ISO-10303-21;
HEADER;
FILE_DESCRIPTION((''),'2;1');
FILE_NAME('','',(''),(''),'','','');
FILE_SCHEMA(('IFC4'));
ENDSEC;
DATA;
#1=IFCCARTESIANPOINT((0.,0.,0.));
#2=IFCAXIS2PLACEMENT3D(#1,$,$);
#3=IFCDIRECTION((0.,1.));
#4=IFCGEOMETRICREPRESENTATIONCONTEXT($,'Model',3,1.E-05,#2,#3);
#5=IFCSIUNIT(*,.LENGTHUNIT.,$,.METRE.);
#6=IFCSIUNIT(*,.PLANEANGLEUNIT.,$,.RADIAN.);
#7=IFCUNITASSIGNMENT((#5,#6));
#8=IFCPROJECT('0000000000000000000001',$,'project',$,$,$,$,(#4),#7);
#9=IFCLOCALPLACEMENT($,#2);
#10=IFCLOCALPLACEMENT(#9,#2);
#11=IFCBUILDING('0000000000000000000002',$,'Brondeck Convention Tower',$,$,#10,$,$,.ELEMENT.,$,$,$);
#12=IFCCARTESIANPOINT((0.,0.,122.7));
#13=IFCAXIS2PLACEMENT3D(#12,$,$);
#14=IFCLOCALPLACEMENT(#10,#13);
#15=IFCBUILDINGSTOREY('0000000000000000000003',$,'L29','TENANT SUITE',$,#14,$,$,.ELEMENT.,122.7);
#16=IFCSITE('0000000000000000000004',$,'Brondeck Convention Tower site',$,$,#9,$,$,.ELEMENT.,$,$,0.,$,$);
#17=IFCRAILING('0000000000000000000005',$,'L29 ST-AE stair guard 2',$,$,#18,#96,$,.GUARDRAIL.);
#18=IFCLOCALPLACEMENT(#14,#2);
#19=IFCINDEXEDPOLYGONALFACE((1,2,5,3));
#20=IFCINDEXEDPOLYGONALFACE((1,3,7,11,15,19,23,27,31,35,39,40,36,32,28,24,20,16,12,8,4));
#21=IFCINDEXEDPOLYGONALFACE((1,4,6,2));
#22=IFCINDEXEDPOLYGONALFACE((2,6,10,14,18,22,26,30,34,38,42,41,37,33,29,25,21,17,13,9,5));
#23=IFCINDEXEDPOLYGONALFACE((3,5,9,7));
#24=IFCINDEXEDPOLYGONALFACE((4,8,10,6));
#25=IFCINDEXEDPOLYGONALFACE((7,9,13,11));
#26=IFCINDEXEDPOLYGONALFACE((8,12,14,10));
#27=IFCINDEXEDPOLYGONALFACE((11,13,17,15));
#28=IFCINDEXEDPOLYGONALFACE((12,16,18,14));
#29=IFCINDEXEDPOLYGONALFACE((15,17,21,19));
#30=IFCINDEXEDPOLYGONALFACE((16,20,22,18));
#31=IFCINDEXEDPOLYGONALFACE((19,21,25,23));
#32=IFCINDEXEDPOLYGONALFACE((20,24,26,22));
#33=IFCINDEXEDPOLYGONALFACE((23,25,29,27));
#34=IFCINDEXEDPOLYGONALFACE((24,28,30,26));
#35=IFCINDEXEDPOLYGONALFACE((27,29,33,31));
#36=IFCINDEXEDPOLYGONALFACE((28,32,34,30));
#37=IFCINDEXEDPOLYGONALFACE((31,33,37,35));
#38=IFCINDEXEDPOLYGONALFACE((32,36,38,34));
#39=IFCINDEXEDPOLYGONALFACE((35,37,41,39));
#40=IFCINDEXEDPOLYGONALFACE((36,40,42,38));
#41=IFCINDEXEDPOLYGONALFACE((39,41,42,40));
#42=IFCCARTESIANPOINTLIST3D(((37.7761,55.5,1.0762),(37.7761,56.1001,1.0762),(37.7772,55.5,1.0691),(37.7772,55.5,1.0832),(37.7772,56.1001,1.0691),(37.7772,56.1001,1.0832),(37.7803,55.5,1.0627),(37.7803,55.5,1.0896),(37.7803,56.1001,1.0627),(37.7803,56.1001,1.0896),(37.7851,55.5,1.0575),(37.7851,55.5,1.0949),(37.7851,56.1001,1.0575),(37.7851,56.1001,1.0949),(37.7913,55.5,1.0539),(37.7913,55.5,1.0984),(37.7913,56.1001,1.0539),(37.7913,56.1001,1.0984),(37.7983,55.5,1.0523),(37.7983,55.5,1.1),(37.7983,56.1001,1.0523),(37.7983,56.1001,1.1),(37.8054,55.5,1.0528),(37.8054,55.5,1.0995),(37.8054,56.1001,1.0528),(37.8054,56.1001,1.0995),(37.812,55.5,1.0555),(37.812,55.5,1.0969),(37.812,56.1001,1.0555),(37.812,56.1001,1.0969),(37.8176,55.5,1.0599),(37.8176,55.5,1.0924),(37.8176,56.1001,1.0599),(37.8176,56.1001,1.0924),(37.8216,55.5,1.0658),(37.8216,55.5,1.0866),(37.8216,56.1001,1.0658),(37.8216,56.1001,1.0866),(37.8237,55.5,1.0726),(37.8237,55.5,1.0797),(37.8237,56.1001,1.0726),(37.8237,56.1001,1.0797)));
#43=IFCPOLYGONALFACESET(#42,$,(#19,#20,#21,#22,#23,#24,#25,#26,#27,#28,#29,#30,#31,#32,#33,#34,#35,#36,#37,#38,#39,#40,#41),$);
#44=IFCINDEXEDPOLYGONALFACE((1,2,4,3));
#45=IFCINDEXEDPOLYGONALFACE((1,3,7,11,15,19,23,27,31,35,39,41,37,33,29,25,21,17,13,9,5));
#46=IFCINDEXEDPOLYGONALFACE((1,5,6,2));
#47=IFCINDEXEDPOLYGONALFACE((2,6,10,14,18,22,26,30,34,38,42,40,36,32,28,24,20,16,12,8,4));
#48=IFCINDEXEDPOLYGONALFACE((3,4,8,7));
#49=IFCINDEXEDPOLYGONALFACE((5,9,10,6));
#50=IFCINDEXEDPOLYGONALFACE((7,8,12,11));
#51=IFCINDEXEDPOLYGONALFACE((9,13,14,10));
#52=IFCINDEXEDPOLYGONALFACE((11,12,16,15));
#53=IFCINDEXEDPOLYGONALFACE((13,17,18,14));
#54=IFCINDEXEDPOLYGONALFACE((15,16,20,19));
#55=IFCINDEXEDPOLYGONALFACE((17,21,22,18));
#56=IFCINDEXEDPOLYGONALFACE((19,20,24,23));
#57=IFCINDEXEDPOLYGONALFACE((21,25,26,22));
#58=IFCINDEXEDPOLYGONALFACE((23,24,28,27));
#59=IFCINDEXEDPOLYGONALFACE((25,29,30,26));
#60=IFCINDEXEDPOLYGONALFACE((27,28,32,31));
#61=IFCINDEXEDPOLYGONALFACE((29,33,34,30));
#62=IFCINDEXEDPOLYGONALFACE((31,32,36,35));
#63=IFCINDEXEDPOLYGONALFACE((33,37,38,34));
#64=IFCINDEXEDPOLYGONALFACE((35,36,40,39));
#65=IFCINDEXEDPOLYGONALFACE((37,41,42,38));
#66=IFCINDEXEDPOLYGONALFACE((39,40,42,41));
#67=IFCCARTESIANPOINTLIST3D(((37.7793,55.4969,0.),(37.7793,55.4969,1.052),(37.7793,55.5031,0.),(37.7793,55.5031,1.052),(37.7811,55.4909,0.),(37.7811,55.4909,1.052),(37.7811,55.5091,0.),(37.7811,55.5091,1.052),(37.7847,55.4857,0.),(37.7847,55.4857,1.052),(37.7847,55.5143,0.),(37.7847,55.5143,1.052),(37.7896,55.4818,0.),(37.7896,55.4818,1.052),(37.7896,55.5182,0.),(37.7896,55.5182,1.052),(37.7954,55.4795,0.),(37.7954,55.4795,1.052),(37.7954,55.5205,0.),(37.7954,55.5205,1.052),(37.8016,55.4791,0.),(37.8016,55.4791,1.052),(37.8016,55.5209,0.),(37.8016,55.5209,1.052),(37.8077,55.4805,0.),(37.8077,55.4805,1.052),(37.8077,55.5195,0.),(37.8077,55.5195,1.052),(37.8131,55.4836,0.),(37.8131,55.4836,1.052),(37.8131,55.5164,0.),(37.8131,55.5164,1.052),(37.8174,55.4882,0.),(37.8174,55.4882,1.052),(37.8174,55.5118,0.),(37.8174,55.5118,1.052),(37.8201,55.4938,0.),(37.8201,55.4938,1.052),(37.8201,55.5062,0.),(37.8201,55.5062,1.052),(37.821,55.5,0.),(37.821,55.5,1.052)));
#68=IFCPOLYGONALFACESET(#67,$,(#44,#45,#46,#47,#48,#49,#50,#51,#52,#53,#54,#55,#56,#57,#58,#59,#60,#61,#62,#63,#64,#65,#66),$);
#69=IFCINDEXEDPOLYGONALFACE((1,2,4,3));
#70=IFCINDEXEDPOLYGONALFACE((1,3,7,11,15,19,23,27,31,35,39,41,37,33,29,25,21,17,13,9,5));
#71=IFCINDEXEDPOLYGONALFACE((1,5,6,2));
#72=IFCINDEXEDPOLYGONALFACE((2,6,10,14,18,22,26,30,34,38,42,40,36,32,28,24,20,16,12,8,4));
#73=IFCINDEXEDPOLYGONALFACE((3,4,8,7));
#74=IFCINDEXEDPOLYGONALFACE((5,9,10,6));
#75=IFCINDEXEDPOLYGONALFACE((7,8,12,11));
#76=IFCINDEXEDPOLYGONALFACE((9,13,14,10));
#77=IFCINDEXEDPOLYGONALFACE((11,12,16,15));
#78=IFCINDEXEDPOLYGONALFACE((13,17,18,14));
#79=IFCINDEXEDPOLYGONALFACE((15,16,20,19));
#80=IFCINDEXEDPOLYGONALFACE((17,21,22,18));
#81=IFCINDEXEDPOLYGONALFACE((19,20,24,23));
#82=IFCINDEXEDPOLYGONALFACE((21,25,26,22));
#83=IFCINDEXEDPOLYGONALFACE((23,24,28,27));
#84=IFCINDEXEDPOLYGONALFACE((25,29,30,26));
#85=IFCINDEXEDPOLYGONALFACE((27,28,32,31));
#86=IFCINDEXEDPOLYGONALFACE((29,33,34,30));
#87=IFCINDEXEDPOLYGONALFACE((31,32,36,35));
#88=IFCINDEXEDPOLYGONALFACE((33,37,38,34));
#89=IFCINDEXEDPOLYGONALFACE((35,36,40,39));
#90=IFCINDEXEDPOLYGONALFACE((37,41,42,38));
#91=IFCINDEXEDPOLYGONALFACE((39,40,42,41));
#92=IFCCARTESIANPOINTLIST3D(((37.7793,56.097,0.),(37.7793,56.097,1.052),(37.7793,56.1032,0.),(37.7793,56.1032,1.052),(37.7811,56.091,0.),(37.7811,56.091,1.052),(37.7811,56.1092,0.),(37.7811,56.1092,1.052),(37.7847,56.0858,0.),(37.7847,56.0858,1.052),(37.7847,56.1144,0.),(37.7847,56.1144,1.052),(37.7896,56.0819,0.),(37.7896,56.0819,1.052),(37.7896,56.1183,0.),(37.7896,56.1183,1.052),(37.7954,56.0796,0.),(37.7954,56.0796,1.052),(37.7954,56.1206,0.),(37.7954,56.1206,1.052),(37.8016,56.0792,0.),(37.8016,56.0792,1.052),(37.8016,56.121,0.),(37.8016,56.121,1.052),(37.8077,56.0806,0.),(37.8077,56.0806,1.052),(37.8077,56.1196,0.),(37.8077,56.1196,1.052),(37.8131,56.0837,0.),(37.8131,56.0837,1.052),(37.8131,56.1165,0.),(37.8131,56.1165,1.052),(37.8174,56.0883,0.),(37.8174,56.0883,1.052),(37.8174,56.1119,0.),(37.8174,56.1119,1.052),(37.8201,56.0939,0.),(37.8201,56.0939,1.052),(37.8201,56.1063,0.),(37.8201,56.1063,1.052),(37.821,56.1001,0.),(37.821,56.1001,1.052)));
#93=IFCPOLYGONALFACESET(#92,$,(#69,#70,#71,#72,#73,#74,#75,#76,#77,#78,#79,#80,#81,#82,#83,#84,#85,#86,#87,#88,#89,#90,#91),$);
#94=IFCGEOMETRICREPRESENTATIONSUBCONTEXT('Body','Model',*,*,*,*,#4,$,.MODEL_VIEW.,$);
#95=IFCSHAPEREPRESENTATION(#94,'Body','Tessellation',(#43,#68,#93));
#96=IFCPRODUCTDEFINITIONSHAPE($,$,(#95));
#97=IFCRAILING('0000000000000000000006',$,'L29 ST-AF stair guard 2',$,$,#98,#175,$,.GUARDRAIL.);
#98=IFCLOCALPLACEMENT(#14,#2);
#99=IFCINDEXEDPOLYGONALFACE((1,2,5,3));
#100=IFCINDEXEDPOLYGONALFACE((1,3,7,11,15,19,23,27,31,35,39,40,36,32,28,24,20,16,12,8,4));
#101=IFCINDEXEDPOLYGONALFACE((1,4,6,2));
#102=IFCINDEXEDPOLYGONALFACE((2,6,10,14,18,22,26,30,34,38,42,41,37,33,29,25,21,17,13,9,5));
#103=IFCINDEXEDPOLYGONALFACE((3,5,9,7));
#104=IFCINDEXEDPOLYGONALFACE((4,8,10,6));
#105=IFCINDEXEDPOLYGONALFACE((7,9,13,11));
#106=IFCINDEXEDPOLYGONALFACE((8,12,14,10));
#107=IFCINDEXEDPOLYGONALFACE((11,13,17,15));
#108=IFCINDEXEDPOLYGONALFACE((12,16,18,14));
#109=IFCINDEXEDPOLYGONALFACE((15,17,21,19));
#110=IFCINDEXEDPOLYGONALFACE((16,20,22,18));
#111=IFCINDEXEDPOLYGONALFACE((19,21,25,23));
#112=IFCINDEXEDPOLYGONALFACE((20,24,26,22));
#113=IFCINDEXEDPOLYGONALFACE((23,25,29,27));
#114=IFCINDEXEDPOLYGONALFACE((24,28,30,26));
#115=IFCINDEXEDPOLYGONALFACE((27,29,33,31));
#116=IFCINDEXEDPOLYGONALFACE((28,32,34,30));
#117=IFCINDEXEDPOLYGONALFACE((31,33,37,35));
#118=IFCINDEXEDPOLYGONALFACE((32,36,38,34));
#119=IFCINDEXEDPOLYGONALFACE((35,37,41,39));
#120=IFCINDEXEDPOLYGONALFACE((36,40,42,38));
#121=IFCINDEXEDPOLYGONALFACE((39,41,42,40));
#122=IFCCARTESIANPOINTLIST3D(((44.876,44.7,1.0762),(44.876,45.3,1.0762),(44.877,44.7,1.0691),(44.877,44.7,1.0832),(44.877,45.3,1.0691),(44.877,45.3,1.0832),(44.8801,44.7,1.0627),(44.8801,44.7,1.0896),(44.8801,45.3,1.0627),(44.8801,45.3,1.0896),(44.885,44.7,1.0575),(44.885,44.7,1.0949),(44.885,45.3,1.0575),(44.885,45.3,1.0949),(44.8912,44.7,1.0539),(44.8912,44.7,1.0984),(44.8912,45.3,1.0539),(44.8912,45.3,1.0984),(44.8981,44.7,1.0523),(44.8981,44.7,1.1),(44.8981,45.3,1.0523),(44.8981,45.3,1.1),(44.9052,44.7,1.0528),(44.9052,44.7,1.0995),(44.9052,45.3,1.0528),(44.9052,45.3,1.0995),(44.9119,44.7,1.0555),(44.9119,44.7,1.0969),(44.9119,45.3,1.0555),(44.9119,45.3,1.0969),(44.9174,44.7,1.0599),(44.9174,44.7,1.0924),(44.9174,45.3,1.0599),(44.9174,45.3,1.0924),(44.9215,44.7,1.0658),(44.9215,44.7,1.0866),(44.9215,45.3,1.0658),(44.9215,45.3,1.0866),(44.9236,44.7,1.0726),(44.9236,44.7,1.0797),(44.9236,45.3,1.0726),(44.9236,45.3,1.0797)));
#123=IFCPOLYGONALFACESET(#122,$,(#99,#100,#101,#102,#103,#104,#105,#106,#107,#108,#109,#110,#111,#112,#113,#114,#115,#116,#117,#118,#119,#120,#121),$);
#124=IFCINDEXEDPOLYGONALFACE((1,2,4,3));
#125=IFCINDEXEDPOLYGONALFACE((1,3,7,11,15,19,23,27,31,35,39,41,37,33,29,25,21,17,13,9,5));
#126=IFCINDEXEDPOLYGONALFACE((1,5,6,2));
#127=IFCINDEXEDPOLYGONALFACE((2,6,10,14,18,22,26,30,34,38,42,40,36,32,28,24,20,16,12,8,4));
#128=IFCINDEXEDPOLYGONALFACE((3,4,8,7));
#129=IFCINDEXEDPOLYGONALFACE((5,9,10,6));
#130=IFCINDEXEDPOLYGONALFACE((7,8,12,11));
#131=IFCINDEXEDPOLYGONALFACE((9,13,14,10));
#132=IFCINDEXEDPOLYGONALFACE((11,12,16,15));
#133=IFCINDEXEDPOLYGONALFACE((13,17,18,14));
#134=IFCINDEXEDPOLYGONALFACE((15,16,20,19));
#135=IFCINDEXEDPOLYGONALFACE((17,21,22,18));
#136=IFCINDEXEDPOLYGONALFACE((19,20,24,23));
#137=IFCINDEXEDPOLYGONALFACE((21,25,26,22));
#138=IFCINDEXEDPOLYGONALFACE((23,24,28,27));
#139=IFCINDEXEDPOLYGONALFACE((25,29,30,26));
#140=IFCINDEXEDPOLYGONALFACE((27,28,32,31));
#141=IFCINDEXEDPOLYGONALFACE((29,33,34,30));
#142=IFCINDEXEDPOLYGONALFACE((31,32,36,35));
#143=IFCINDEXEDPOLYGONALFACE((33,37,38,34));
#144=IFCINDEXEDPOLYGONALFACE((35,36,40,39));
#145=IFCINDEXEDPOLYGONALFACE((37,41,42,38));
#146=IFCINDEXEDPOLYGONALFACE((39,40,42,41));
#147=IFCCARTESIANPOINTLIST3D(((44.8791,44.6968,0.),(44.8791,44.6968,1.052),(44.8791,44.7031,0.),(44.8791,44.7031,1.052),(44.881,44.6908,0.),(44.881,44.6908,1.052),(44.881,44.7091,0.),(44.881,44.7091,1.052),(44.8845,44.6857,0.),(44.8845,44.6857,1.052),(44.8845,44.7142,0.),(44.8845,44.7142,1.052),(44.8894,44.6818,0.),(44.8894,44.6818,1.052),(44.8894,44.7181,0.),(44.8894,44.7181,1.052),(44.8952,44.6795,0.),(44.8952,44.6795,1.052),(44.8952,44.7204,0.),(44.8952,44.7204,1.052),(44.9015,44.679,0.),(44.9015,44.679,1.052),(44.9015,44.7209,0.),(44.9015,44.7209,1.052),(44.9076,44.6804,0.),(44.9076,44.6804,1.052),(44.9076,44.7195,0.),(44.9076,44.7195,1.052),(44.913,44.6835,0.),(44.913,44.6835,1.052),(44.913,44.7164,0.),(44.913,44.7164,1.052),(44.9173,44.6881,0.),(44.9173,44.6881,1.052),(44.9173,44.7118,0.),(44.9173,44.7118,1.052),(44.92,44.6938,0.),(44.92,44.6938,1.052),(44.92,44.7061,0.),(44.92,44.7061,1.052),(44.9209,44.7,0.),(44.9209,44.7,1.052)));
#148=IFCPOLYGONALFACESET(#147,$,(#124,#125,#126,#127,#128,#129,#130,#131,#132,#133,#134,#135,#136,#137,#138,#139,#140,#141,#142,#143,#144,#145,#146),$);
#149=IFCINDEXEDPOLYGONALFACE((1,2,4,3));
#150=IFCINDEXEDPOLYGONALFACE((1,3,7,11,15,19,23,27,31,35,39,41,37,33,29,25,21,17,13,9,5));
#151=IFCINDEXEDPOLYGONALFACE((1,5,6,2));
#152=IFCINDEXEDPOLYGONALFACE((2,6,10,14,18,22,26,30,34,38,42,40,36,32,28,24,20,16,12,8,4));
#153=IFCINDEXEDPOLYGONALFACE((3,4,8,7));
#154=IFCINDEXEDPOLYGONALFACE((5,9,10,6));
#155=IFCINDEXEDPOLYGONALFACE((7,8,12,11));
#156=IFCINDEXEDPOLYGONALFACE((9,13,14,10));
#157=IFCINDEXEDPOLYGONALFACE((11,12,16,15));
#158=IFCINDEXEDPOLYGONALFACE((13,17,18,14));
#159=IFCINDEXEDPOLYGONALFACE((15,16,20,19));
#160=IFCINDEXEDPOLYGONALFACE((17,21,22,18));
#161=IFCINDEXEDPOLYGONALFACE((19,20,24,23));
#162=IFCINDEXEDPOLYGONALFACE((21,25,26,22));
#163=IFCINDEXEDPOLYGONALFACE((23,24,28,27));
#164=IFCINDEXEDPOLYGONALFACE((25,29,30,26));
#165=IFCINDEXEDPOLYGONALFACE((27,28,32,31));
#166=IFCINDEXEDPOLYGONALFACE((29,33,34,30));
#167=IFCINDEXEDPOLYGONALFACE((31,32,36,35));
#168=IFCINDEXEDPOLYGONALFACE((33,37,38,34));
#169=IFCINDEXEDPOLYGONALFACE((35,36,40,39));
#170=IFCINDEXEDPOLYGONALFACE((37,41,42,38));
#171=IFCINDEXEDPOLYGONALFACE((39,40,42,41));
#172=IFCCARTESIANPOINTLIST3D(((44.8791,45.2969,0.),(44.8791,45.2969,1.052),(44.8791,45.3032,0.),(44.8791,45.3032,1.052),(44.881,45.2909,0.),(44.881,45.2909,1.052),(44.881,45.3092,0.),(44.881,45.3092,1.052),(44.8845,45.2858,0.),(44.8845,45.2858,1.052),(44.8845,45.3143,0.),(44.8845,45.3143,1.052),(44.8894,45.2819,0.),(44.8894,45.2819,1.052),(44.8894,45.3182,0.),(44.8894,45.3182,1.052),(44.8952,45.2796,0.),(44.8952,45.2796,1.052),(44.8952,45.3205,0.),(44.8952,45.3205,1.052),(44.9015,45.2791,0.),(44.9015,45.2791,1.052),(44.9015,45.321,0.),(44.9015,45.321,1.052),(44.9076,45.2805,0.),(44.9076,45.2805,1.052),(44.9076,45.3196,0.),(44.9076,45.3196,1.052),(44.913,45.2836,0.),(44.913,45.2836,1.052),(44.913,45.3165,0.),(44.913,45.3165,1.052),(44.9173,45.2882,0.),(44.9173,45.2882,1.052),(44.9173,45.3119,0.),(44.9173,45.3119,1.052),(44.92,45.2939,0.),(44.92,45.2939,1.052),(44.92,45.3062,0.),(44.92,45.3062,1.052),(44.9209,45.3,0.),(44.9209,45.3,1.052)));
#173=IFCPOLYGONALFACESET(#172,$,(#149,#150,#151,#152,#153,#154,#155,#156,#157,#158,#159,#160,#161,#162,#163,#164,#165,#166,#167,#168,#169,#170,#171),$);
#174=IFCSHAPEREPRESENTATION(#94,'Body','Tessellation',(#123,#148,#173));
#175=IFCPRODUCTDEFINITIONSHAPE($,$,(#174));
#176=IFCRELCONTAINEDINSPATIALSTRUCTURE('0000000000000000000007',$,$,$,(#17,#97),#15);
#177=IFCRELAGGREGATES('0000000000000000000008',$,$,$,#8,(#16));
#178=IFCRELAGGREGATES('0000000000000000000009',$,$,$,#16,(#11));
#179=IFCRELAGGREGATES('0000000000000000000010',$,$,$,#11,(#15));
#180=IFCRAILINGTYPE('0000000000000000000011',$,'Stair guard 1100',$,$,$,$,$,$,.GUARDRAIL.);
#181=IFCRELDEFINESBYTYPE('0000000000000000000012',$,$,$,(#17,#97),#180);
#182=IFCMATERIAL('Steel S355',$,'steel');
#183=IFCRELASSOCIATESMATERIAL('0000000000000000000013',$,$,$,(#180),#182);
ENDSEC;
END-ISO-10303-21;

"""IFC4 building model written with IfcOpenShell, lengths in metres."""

from ifc_helpers import new_model, si_unit, direction, frame, origin, origin_2d, place, context, subcontext, project, spatial, circle, extrude, material, type_object, element, save


model = new_model("IFC4")

# Units and contexts
model_context = context("Model", 3, precision=1e-05, world=origin(), true_north=direction((0.0, 1.0)))
body_context = subcontext(model_context, "Body", "Model", "MODEL_VIEW")
ifc_project = project(units=[si_unit("LENGTHUNIT", "METRE"), si_unit("PLANEANGLEUNIT", "RADIAN")], contexts=[model_context])

# Site, building, storey
site_placement = place(None, origin())
site = spatial("IfcSite", under=ifc_project, at=site_placement, Name="Brondeck Convention Tower site", CompositionType="ELEMENT", RefElevation=0.0)
building_placement = place(site_placement, origin())
building = spatial("IfcBuilding", under=site, at=building_placement, Name="Brondeck Convention Tower", CompositionType="ELEMENT")
storey_placement = place(building_placement, frame((0.0, 0.0, 122.7)))
storey = spatial("IfcBuildingStorey", under=building, at=storey_placement, Name="L29", Description="TENANT SUITE", CompositionType="ELEMENT", Elevation=122.7)

# Shared definitions
ifc_material_1 = material(Name="Steel S355", Category="steel")

# Railings
railing_type_1 = type_object("IfcRailingType", Name="Stair guard 1100", PredefinedType="GUARDRAIL", material=ifc_material_1)
railing_1_placement = place(storey_placement, frame((37.8, 55.5, 0.0)))
element("IfcRailing", 1, at=railing_1_placement, inside=storey, type_object=railing_type_1, Name="L29 ST-AE stair guard 2", PredefinedType="GUARDRAIL", context=body_context, shape_type="SweptSolid", body=[
    extrude(circle(Radius=0.0239, at=origin_2d()), frame((0.0, 0.0, 1.0762), z_axis=(0.0, 1.0, 0.0), x_axis=(-1.0, 0.0, 0.0)), (0.0, 0.0, 1.0), 0.6001),
    extrude(circle(Radius=0.021, at=origin_2d()), origin(), (0.0, 0.0, 1.0), 1.052),
    extrude(circle(Radius=0.021, at=origin_2d()), frame((0.0, 0.6001, 0.0)), (0.0, 0.0, 1.0), 1.052),
])
railing_2_placement = place(storey_placement, frame((44.8999, 44.7, 0.0)))
element("IfcRailing", 2, at=railing_2_placement, inside=storey, type_object=railing_type_1, Name="L29 ST-AF stair guard 2", PredefinedType="GUARDRAIL", context=body_context, shape_type="SweptSolid", body=[
    extrude(circle(Radius=0.0239, at=origin_2d()), frame((0.0, 0.0, 1.0762), z_axis=(0.0, 1.0, 0.0), x_axis=(-1.0, 0.0, 0.0)), (0.0, 0.0, 1.0), 0.6001),
    extrude(circle(Radius=0.021, at=origin_2d()), origin(), (0.0, 0.0, 1.0), 1.052),
    extrude(circle(Radius=0.021, at=origin_2d()), frame((0.0, 0.6001, 0.0)), (0.0, 0.0, 1.0), 1.052),
])

save(model, "model.ifc")
